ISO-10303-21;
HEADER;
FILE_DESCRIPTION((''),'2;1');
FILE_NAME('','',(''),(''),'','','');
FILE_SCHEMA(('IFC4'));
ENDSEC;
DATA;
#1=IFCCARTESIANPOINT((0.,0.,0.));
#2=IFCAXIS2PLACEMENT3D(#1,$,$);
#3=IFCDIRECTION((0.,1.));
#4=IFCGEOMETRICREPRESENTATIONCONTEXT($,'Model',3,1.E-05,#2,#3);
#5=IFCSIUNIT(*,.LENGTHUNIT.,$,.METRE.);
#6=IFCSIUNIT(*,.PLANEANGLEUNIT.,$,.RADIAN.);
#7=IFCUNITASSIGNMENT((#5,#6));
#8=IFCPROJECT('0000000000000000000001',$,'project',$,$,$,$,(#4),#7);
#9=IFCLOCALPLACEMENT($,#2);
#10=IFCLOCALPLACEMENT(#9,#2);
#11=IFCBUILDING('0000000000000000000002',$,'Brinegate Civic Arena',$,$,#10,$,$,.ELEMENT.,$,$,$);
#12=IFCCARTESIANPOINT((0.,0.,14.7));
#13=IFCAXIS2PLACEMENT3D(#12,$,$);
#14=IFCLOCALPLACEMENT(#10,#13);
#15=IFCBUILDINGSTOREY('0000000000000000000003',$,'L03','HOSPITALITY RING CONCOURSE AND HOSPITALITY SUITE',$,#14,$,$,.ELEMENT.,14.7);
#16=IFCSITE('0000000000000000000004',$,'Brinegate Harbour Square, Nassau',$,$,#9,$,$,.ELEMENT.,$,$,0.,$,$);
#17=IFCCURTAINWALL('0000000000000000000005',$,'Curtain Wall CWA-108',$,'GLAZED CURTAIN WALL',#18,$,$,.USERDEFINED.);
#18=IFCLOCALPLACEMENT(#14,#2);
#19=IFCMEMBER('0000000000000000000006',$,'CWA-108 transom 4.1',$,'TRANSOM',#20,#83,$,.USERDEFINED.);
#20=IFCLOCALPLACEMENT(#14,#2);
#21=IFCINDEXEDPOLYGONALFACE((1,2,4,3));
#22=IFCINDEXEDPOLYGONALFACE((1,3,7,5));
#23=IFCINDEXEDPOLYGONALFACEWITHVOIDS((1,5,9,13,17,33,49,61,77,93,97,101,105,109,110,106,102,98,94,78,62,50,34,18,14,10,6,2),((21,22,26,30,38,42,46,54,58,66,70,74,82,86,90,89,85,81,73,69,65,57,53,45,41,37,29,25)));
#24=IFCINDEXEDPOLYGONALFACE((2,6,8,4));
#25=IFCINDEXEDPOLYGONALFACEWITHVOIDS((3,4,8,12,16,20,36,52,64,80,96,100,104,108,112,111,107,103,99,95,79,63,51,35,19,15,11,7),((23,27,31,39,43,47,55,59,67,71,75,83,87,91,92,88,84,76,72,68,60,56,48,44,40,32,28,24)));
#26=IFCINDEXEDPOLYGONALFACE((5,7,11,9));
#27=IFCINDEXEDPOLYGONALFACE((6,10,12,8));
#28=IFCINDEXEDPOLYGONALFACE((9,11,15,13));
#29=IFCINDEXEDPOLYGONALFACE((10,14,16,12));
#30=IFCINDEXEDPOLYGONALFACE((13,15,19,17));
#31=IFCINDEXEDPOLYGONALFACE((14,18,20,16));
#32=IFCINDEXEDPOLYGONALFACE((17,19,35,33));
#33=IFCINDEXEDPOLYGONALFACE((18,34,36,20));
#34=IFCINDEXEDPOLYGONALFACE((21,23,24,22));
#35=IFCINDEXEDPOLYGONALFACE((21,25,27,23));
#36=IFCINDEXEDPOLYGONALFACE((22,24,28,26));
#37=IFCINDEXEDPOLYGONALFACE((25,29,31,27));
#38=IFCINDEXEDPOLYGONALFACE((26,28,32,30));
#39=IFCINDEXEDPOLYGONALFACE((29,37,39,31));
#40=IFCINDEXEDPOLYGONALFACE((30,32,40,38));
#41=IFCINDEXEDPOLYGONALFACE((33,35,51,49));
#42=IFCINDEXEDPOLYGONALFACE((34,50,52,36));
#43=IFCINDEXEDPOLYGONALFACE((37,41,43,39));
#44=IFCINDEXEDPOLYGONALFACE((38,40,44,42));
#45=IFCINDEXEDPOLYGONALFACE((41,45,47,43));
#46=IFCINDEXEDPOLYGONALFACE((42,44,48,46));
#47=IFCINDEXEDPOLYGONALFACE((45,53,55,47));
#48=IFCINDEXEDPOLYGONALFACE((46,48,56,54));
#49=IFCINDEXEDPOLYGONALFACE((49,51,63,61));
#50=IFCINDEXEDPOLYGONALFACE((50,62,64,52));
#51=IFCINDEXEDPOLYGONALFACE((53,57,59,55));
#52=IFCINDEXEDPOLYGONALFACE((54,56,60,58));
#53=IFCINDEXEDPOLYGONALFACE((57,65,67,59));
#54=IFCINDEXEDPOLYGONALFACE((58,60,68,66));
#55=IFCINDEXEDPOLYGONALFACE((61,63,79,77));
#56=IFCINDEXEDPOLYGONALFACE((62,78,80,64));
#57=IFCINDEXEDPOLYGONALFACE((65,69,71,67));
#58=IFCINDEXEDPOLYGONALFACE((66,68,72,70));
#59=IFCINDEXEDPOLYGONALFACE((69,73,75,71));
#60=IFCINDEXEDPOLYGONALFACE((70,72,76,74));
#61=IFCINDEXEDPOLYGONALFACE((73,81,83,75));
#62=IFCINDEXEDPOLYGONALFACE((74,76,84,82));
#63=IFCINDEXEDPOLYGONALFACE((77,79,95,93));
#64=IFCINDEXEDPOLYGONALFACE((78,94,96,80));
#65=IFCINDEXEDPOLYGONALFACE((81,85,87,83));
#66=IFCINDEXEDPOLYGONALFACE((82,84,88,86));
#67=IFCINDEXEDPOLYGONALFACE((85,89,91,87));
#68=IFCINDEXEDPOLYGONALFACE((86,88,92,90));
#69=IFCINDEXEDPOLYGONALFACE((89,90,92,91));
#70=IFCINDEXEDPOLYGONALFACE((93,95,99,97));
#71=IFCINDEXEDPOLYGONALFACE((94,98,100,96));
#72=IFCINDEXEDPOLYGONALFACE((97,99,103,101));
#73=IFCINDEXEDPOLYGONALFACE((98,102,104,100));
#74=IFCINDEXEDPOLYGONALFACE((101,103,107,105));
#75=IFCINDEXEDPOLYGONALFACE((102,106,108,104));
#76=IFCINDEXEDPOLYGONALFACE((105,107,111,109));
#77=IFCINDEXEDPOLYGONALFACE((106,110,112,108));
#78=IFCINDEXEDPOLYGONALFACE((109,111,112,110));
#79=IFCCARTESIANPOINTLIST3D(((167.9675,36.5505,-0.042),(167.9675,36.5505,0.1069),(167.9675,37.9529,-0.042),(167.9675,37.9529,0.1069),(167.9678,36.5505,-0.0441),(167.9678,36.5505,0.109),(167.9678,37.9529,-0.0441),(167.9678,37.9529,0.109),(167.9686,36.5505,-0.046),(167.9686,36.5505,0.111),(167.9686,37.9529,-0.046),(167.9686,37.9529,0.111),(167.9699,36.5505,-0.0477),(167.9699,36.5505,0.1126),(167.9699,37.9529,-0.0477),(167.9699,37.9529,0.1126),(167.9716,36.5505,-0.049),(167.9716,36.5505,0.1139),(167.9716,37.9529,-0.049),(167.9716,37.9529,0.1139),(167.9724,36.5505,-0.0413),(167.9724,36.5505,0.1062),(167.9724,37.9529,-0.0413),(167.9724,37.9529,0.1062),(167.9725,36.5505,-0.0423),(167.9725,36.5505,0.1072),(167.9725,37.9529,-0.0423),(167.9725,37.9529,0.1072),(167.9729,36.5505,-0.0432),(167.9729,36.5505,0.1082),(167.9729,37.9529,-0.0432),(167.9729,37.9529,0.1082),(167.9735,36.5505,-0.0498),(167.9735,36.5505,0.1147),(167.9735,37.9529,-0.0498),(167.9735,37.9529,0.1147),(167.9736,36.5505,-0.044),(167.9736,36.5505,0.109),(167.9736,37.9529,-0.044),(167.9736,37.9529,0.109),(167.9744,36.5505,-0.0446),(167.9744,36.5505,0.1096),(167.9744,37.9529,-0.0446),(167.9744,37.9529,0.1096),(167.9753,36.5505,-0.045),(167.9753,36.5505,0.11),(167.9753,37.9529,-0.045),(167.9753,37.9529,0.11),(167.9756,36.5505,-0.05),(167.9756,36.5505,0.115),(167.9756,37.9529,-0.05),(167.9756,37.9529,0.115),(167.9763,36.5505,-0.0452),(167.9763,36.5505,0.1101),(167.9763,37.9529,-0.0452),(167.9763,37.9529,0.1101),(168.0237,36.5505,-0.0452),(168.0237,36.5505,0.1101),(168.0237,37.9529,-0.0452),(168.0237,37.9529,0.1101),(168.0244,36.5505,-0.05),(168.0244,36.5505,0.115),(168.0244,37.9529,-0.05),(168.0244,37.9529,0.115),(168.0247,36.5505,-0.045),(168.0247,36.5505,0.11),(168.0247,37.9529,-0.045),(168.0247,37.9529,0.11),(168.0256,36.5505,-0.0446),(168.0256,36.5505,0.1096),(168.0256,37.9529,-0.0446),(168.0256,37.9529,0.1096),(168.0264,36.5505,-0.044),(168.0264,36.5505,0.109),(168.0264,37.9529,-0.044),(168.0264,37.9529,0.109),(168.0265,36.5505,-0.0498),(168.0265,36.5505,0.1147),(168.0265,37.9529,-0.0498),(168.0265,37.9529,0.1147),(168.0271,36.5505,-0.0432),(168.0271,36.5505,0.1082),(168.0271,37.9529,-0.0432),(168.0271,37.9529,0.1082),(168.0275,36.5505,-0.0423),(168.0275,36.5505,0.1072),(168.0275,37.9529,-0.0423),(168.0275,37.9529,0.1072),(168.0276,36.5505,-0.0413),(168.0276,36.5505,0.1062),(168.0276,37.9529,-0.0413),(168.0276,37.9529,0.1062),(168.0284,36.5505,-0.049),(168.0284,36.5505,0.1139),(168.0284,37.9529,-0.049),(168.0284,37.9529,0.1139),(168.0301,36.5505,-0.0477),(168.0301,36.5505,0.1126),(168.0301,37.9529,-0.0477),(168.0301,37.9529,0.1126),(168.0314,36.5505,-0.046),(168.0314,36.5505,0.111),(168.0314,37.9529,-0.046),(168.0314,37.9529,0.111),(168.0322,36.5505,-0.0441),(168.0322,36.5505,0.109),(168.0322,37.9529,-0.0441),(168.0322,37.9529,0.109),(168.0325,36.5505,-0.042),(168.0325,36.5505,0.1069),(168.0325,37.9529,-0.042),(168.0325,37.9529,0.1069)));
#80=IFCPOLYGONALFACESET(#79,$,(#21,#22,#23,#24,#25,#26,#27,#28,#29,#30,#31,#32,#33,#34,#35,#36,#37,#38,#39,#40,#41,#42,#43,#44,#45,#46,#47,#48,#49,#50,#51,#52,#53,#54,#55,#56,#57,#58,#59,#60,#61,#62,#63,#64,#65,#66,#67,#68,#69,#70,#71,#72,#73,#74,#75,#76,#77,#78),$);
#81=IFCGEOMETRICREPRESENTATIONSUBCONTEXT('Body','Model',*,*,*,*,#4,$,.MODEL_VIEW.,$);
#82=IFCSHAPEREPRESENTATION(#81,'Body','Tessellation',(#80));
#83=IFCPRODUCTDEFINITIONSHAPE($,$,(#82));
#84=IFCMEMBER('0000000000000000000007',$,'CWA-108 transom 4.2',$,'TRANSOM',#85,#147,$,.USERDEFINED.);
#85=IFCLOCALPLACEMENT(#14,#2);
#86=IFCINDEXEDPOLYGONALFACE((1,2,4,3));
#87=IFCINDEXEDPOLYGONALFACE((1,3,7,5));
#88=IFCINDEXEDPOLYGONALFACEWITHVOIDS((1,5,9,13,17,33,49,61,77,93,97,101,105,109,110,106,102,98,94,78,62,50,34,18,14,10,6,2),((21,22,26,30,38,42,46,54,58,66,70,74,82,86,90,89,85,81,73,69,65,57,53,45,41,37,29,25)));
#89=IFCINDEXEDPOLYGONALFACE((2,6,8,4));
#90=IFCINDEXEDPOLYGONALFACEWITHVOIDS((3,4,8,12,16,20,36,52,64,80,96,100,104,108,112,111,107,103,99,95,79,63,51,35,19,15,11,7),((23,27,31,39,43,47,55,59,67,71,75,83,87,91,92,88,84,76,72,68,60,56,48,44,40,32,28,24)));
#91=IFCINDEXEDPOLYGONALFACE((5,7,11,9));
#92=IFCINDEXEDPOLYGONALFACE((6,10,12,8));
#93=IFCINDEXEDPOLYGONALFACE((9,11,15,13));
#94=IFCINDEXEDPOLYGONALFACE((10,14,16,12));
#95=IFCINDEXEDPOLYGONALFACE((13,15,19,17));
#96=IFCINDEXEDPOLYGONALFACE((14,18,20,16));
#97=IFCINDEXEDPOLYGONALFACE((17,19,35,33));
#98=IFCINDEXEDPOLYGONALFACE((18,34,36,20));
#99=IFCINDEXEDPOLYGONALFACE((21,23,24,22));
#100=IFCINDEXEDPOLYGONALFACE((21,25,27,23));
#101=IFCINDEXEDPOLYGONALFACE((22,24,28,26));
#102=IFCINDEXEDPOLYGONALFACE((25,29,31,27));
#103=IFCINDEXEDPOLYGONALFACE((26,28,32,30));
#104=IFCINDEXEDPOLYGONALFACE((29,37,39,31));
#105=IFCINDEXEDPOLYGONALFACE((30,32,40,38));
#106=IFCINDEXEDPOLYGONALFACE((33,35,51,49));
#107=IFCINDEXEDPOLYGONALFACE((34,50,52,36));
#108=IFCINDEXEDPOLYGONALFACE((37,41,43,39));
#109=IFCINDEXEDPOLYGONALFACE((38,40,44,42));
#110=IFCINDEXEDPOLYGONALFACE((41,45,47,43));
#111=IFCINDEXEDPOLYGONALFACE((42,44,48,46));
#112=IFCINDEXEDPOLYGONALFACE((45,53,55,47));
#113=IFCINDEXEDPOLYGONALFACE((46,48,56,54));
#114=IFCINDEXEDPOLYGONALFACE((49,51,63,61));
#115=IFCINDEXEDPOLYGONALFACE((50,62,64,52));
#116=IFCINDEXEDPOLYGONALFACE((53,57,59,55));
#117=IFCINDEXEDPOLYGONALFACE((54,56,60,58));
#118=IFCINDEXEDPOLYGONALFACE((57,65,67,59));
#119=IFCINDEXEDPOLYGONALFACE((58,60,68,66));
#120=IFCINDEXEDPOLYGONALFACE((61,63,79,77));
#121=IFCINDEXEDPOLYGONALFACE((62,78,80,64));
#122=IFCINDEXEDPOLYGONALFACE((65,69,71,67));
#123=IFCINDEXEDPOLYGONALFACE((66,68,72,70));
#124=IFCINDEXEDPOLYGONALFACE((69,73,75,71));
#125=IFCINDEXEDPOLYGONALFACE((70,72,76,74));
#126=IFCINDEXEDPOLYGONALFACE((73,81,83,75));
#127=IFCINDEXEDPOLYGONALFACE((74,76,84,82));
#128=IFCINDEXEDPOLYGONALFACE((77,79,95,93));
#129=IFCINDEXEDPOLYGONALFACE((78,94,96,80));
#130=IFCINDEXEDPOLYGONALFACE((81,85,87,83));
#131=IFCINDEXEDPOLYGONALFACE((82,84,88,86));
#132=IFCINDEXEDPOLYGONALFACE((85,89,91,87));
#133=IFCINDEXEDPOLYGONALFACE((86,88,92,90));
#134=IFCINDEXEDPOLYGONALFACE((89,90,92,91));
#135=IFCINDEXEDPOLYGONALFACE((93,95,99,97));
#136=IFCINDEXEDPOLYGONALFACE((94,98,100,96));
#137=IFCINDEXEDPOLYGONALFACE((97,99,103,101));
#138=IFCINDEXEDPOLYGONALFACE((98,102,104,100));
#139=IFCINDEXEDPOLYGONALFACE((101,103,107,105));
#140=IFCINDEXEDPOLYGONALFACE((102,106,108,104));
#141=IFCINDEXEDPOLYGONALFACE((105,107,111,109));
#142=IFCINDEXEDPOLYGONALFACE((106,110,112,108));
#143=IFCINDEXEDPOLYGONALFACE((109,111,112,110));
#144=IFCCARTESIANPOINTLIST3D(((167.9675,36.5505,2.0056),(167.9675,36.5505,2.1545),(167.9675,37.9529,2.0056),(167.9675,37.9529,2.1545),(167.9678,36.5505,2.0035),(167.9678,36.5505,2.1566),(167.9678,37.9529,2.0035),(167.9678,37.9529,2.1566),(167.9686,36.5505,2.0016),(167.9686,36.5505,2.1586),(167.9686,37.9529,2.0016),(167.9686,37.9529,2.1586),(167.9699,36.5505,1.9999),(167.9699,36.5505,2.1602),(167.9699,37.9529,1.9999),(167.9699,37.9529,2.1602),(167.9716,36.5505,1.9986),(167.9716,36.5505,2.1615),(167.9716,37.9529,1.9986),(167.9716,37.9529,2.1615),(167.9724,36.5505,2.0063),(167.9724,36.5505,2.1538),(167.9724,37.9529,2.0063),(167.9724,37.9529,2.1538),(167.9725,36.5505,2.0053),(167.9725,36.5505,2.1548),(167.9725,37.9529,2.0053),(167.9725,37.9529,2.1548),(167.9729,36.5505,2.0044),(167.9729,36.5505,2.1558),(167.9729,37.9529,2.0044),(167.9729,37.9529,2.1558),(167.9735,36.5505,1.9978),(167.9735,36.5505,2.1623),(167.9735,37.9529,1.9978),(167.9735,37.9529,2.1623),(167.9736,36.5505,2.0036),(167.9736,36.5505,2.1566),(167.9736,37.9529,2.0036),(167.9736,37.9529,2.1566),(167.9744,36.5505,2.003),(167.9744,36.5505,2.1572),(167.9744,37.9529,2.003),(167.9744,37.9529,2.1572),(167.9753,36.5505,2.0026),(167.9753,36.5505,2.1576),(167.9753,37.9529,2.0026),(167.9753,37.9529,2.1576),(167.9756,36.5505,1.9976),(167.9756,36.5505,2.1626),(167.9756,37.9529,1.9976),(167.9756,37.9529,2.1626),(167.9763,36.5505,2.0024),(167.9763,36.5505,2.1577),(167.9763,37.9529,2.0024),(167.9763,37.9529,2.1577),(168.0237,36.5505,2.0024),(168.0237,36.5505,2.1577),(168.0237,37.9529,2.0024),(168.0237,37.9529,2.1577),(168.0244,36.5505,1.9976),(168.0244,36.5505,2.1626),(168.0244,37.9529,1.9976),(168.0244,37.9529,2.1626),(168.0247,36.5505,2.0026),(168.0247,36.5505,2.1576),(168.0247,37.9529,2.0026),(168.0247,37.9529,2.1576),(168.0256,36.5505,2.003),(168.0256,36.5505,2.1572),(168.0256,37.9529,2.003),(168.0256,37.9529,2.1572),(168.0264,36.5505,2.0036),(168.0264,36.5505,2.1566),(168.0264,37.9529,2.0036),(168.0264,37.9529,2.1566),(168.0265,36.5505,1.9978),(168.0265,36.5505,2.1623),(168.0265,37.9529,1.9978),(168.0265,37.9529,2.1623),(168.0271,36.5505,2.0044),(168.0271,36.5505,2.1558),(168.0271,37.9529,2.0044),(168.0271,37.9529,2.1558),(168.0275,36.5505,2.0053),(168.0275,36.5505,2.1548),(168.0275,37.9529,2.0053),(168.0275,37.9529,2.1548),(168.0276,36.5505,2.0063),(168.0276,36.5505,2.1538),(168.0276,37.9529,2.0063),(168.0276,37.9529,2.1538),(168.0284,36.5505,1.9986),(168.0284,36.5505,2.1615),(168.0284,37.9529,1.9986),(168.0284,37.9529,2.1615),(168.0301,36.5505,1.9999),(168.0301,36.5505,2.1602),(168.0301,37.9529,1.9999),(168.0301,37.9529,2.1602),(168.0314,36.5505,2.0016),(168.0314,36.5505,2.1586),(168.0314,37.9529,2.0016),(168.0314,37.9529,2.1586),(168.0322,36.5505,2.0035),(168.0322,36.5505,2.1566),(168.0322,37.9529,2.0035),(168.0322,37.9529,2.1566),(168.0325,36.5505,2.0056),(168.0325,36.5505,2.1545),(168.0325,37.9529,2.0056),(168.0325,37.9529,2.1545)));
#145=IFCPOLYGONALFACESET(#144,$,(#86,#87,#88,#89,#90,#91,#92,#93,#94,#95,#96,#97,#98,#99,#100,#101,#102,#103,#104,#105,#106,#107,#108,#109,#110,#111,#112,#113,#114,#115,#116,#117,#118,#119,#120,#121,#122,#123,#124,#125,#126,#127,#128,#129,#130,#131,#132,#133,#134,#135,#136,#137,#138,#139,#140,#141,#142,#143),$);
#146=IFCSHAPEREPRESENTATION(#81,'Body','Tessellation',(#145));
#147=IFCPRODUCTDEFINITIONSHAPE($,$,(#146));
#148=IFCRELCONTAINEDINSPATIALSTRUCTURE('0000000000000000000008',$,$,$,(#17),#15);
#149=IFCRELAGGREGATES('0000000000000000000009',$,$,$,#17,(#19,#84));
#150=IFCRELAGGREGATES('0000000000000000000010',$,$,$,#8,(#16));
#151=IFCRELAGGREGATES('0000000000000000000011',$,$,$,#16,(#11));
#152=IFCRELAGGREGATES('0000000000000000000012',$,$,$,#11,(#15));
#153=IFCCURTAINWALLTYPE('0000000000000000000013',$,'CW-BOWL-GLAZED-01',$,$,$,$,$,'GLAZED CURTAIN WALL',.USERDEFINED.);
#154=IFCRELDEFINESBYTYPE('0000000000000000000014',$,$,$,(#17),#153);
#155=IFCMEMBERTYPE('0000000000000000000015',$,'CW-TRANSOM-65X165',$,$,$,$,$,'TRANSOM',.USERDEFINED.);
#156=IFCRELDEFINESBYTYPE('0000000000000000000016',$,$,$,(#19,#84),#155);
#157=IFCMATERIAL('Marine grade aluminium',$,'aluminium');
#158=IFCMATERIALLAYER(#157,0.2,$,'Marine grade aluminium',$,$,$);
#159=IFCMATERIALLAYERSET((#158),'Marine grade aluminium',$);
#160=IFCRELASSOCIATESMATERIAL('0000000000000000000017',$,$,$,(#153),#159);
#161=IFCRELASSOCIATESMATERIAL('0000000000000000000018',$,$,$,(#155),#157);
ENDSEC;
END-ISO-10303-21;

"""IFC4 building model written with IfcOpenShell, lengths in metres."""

from ifc_helpers import new_model, si_unit, direction, frame, origin, origin_2d, place, context, subcontext, project, spatial, hollow_rectangle, extrude, material, layer, layer_set, material_profile, profile_set, type_object, element, aggregate, save


model = new_model("IFC4")

# Units and contexts
model_context = context("Model", 3, precision=1e-05, world=origin(), true_north=direction((0.0, 1.0)))
body_context = subcontext(model_context, "Body", "Model", "MODEL_VIEW")
ifc_project = project(units=[si_unit("LENGTHUNIT", "METRE"), si_unit("PLANEANGLEUNIT", "RADIAN")], contexts=[model_context])

# Site, building, storey
site_placement = place(None, origin())
site = spatial("IfcSite", under=ifc_project, at=site_placement, Name="Brinegate Harbour Square, Nassau", CompositionType="ELEMENT", RefElevation=0.0)
building_placement = place(site_placement, origin())
building = spatial("IfcBuilding", under=site, at=building_placement, Name="Brinegate Civic Arena", CompositionType="ELEMENT")
storey_placement = place(building_placement, frame((0.0, 0.0, 14.7)))
storey = spatial("IfcBuildingStorey", under=building, at=storey_placement, Name="L03", Description="HOSPITALITY RING CONCOURSE AND HOSPITALITY SUITE", CompositionType="ELEMENT", Elevation=14.7)

# Curtain wall, members
ifc_material_1 = material(Name="Marine grade aluminium", Category="aluminium")
ifc_layer_1 = layer(ifc_material_1, 0.2, Name="Marine grade aluminium")
ifc_layer_set_1 = layer_set([ifc_layer_1], Name="Marine grade aluminium")
curtain_wall_type = type_object("IfcCurtainWallType", Name="CW-BOWL-GLAZED-01", ElementType="GLAZED CURTAIN WALL", PredefinedType="USERDEFINED", material=ifc_layer_set_1)
curtain_wall_placement = place(storey_placement, origin())
curtain_wall = element("IfcCurtainWall", 1, at=curtain_wall_placement, inside=storey, type_object=curtain_wall_type, Name="Curtain Wall CWA-108", ObjectType="GLAZED CURTAIN WALL", PredefinedType="USERDEFINED")
ifc_material_profile_1 = material_profile(ifc_material_1, hollow_rectangle(XDim=0.0649, YDim=0.165, WallThickness=0.0049, InnerFilletRadius=0.0039, OuterFilletRadius=0.0081, at=origin_2d()), Name="TRN65X165")
ifc_profile_set_1 = profile_set([ifc_material_profile_1], Name="Marine grade aluminium")
member_type_1 = type_object("IfcMemberType", Name="CW-TRANSOM-65X165", ElementType="TRANSOM", PredefinedType="USERDEFINED", material=ifc_profile_set_1)
member_1_placement = place(storey_placement, frame((168.0, 36.5505, 0.0325), z_axis=(0.0, 1.0, 0.0), x_axis=(-1.0, 0.0, 0.0)))
member_1 = element("IfcMember", 2, at=member_1_placement, type_object=member_type_1, Name="CWA-108 transom 4.1", ObjectType="TRANSOM", PredefinedType="USERDEFINED", context=body_context, shape_type="SweptSolid", body=[
    extrude(hollow_rectangle(XDim=0.0649, YDim=0.165, WallThickness=0.0049, InnerFilletRadius=0.0039, OuterFilletRadius=0.0081, at=origin_2d()), origin(), (0.0, 0.0, 1.0), 1.4023),
])
member_2_placement = place(storey_placement, frame((168.0, 36.5505, 2.0801), z_axis=(0.0, 1.0, 0.0), x_axis=(-1.0, 0.0, 0.0)))
member_2 = element("IfcMember", 3, at=member_2_placement, type_object=member_type_1, Name="CWA-108 transom 4.2", ObjectType="TRANSOM", PredefinedType="USERDEFINED", context=body_context, shape_type="SweptSolid", body=[
    extrude(hollow_rectangle(XDim=0.0649, YDim=0.165, WallThickness=0.0049, InnerFilletRadius=0.0039, OuterFilletRadius=0.0081, at=origin_2d()), origin(), (0.0, 0.0, 1.0), 1.4023),
])
aggregate(curtain_wall, [member_1, member_2])

save(model, "model.ifc")
